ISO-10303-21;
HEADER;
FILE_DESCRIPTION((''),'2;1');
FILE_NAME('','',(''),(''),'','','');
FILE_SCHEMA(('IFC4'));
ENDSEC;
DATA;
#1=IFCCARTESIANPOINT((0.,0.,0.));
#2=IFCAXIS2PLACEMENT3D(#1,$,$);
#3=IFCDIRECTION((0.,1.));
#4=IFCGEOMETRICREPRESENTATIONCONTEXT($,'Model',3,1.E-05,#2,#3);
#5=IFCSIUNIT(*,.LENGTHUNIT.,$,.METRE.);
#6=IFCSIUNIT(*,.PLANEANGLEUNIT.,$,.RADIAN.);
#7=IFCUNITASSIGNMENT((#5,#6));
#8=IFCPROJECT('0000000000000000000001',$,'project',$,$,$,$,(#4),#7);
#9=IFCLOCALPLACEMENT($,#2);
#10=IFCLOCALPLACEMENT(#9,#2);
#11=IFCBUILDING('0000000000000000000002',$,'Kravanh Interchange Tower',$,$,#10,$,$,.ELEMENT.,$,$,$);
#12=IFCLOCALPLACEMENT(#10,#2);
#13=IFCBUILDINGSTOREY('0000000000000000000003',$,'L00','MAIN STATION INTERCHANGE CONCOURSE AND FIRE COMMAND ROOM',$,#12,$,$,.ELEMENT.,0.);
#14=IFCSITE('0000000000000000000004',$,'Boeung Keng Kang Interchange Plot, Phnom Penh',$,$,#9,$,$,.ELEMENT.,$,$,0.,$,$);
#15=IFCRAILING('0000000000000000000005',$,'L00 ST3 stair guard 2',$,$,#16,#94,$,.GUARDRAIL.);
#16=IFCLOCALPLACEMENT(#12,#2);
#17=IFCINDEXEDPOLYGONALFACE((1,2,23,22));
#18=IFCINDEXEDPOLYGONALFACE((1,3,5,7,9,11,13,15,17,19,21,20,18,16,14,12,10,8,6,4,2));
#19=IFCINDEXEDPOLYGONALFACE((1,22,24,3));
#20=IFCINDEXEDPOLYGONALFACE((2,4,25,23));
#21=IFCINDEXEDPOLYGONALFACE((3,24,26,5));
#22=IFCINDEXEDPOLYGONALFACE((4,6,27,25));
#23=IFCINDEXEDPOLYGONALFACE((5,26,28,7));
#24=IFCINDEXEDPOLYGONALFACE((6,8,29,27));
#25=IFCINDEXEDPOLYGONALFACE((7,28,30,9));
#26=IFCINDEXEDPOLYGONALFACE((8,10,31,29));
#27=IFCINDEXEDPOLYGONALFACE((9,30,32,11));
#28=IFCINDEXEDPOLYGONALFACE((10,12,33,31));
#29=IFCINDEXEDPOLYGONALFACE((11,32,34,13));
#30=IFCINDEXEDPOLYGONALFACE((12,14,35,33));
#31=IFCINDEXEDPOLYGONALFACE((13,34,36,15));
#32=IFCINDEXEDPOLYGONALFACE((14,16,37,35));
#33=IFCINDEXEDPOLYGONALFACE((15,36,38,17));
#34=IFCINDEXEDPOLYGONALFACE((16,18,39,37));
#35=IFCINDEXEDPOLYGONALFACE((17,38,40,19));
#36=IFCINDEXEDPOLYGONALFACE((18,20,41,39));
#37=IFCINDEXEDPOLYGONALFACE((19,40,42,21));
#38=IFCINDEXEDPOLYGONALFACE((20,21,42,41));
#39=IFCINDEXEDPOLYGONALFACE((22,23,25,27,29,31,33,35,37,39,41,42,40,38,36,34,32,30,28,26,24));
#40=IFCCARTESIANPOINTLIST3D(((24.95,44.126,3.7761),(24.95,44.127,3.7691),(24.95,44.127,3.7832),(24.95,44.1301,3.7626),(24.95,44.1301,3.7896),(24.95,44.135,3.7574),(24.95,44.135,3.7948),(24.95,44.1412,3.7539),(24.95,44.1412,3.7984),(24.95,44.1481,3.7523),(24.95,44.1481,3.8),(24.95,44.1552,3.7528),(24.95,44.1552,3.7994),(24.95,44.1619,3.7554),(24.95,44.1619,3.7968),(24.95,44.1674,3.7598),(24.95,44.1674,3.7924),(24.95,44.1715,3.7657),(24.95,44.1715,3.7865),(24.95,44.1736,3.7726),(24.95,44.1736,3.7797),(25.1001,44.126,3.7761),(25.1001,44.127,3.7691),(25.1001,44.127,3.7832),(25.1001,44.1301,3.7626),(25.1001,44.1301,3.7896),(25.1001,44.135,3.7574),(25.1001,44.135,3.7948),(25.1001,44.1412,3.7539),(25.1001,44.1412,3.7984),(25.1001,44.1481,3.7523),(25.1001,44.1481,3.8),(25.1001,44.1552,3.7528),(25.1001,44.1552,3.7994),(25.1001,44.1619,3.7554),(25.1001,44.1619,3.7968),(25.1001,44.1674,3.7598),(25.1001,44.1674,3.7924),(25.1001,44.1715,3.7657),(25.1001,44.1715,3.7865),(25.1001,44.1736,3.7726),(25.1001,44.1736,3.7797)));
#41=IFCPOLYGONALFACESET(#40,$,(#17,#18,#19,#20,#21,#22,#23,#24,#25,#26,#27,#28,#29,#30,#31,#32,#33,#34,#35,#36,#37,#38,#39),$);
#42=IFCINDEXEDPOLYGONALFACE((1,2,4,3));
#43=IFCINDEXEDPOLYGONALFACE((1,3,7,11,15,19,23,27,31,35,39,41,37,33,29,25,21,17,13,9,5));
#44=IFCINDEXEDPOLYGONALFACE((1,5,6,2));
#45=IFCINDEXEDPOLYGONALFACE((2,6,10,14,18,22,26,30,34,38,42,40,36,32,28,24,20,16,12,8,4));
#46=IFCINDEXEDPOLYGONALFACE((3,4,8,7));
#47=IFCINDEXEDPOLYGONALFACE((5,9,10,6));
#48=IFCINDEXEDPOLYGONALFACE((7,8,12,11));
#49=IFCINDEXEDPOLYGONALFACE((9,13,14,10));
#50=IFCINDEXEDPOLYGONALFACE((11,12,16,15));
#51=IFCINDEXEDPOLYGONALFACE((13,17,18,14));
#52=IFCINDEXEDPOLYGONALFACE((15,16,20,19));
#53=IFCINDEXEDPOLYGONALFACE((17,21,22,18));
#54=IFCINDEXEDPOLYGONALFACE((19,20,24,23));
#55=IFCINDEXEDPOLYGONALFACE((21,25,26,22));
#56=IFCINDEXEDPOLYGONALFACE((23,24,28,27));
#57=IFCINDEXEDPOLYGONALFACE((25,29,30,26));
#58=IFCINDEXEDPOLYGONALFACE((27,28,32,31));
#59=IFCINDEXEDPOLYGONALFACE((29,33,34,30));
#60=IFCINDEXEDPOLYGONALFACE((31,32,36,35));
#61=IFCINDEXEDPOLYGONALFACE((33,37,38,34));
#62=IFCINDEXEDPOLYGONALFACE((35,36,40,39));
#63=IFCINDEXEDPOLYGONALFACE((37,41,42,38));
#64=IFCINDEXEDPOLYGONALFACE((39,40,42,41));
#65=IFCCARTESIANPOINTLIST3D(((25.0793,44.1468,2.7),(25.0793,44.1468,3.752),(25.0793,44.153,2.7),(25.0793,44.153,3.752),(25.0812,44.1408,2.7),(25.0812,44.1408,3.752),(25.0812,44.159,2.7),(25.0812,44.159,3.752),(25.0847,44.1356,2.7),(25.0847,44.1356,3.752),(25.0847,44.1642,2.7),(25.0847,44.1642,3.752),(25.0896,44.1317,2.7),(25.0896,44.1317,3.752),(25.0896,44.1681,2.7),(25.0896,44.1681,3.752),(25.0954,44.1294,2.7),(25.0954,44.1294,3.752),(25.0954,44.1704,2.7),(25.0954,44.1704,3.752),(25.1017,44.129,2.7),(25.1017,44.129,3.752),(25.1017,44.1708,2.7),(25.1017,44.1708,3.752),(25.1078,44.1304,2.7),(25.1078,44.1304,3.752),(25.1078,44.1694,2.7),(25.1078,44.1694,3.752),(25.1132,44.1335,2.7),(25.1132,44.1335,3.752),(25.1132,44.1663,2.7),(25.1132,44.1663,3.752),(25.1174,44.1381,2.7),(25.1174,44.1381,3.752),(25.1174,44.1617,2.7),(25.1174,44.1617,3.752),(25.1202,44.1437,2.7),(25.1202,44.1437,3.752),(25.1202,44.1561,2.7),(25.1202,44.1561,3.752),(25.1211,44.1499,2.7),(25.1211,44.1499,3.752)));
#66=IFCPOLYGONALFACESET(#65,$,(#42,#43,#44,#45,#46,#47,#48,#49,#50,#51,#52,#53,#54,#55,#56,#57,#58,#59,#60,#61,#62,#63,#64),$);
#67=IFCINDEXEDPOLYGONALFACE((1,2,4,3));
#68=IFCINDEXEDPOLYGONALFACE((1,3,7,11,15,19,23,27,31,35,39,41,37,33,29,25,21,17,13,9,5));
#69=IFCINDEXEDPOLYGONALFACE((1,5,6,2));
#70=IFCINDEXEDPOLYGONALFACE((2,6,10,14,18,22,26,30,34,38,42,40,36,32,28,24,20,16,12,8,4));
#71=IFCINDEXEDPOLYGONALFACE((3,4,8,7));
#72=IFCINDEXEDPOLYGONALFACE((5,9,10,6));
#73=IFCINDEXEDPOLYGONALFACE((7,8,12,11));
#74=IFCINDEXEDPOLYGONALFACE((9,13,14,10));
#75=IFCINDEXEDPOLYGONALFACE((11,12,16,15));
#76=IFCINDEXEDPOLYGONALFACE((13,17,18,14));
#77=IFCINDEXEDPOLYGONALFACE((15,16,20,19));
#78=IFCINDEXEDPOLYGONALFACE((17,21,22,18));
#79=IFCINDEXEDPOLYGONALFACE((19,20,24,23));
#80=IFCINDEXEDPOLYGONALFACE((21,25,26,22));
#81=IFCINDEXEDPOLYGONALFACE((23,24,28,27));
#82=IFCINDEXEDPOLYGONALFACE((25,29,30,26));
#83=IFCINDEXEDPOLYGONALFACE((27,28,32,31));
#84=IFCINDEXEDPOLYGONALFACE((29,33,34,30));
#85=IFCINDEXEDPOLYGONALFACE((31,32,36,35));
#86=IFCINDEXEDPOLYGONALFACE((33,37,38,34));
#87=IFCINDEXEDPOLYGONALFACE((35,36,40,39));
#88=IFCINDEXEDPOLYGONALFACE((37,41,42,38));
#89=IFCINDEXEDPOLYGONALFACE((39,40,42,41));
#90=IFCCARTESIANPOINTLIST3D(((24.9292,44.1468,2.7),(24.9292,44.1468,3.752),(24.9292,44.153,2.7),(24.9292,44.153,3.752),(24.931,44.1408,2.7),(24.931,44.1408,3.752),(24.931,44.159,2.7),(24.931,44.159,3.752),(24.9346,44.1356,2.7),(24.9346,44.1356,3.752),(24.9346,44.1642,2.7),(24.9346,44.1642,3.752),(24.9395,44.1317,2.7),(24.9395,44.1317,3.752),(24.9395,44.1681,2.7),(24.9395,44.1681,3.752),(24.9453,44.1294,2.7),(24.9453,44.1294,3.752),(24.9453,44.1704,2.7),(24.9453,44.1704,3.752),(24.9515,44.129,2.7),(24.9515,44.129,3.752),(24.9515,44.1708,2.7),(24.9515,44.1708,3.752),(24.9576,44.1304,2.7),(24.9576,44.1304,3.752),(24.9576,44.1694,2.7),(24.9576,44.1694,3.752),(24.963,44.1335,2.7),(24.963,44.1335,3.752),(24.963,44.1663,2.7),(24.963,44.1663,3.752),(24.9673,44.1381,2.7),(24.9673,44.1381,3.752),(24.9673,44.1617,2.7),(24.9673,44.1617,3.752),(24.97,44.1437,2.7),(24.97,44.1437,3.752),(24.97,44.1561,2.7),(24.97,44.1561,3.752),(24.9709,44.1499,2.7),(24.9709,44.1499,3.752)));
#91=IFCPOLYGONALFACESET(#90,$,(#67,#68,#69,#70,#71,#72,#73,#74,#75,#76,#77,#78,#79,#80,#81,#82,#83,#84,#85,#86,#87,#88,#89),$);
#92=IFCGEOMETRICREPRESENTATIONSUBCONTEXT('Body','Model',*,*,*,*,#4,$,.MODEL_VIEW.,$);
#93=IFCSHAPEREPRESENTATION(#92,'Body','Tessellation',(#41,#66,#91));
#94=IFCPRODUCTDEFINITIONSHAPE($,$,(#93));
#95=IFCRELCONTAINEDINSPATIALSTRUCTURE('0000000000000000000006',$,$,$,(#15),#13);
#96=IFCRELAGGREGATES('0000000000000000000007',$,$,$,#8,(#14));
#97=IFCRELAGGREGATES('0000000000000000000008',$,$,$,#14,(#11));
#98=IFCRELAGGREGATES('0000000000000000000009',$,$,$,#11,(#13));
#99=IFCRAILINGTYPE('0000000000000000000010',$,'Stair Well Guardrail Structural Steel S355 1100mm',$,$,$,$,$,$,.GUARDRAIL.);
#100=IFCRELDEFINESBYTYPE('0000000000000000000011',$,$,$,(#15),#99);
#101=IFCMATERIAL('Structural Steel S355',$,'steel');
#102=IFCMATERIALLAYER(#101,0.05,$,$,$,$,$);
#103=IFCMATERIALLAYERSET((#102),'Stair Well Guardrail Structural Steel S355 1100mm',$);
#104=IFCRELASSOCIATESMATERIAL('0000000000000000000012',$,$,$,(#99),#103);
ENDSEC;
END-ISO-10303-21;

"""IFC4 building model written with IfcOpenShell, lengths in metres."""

from ifc_helpers import new_model, si_unit, direction, frame, origin, origin_2d, place, context, subcontext, project, spatial, circle, extrude, material, layer, layer_set, type_object, element, save


model = new_model("IFC4")

# Units and contexts
model_context = context("Model", 3, precision=1e-05, world=origin(), true_north=direction((0.0, 1.0)))
body_context = subcontext(model_context, "Body", "Model", "MODEL_VIEW")
ifc_project = project(units=[si_unit("LENGTHUNIT", "METRE"), si_unit("PLANEANGLEUNIT", "RADIAN")], contexts=[model_context])

# Site, building, storey
site_placement = place(None, origin())
site = spatial("IfcSite", under=ifc_project, at=site_placement, Name="Boeung Keng Kang Interchange Plot, Phnom Penh", CompositionType="ELEMENT", RefElevation=0.0)
building_placement = place(site_placement, origin())
building = spatial("IfcBuilding", under=site, at=building_placement, Name="Kravanh Interchange Tower", CompositionType="ELEMENT")
storey_placement = place(building_placement, origin())
storey = spatial("IfcBuildingStorey", under=building, at=storey_placement, Name="L00", Description="MAIN STATION INTERCHANGE CONCOURSE AND FIRE COMMAND ROOM", CompositionType="ELEMENT", Elevation=0.0)

# Railing
ifc_material_1 = material(Name="Structural Steel S355", Category="steel")
ifc_layer_1 = layer(ifc_material_1, 0.05)
ifc_layer_set_1 = layer_set([ifc_layer_1], Name="Stair Well Guardrail Structural Steel S355 1100mm")
railing_type_1 = type_object("IfcRailingType", Name="Stair Well Guardrail Structural Steel S355 1100mm", PredefinedType="GUARDRAIL", material=ifc_layer_set_1)
railing_1_placement = place(storey_placement, frame((25.1001, 44.1499, 2.7)))
element("IfcRailing", 1, at=railing_1_placement, inside=storey, type_object=railing_type_1, Name="L00 ST3 stair guard 2", PredefinedType="GUARDRAIL", context=body_context, shape_type="SweptSolid", body=[
    extrude(circle(Radius=0.0239, at=origin_2d()), frame((0.0, 0.0, 1.0762), z_axis=(-1.0, 0.0, 0.0), x_axis=(0.0, -1.0, 0.0)), (0.0, 0.0, 1.0), 0.1501),
    extrude(circle(Radius=0.021, at=origin_2d()), origin(), (0.0, 0.0, 1.0), 1.052),
    extrude(circle(Radius=0.021, at=origin_2d()), frame((-0.1501, 0.0, 0.0)), (0.0, 0.0, 1.0), 1.052),
])

save(model, "model.ifc")
